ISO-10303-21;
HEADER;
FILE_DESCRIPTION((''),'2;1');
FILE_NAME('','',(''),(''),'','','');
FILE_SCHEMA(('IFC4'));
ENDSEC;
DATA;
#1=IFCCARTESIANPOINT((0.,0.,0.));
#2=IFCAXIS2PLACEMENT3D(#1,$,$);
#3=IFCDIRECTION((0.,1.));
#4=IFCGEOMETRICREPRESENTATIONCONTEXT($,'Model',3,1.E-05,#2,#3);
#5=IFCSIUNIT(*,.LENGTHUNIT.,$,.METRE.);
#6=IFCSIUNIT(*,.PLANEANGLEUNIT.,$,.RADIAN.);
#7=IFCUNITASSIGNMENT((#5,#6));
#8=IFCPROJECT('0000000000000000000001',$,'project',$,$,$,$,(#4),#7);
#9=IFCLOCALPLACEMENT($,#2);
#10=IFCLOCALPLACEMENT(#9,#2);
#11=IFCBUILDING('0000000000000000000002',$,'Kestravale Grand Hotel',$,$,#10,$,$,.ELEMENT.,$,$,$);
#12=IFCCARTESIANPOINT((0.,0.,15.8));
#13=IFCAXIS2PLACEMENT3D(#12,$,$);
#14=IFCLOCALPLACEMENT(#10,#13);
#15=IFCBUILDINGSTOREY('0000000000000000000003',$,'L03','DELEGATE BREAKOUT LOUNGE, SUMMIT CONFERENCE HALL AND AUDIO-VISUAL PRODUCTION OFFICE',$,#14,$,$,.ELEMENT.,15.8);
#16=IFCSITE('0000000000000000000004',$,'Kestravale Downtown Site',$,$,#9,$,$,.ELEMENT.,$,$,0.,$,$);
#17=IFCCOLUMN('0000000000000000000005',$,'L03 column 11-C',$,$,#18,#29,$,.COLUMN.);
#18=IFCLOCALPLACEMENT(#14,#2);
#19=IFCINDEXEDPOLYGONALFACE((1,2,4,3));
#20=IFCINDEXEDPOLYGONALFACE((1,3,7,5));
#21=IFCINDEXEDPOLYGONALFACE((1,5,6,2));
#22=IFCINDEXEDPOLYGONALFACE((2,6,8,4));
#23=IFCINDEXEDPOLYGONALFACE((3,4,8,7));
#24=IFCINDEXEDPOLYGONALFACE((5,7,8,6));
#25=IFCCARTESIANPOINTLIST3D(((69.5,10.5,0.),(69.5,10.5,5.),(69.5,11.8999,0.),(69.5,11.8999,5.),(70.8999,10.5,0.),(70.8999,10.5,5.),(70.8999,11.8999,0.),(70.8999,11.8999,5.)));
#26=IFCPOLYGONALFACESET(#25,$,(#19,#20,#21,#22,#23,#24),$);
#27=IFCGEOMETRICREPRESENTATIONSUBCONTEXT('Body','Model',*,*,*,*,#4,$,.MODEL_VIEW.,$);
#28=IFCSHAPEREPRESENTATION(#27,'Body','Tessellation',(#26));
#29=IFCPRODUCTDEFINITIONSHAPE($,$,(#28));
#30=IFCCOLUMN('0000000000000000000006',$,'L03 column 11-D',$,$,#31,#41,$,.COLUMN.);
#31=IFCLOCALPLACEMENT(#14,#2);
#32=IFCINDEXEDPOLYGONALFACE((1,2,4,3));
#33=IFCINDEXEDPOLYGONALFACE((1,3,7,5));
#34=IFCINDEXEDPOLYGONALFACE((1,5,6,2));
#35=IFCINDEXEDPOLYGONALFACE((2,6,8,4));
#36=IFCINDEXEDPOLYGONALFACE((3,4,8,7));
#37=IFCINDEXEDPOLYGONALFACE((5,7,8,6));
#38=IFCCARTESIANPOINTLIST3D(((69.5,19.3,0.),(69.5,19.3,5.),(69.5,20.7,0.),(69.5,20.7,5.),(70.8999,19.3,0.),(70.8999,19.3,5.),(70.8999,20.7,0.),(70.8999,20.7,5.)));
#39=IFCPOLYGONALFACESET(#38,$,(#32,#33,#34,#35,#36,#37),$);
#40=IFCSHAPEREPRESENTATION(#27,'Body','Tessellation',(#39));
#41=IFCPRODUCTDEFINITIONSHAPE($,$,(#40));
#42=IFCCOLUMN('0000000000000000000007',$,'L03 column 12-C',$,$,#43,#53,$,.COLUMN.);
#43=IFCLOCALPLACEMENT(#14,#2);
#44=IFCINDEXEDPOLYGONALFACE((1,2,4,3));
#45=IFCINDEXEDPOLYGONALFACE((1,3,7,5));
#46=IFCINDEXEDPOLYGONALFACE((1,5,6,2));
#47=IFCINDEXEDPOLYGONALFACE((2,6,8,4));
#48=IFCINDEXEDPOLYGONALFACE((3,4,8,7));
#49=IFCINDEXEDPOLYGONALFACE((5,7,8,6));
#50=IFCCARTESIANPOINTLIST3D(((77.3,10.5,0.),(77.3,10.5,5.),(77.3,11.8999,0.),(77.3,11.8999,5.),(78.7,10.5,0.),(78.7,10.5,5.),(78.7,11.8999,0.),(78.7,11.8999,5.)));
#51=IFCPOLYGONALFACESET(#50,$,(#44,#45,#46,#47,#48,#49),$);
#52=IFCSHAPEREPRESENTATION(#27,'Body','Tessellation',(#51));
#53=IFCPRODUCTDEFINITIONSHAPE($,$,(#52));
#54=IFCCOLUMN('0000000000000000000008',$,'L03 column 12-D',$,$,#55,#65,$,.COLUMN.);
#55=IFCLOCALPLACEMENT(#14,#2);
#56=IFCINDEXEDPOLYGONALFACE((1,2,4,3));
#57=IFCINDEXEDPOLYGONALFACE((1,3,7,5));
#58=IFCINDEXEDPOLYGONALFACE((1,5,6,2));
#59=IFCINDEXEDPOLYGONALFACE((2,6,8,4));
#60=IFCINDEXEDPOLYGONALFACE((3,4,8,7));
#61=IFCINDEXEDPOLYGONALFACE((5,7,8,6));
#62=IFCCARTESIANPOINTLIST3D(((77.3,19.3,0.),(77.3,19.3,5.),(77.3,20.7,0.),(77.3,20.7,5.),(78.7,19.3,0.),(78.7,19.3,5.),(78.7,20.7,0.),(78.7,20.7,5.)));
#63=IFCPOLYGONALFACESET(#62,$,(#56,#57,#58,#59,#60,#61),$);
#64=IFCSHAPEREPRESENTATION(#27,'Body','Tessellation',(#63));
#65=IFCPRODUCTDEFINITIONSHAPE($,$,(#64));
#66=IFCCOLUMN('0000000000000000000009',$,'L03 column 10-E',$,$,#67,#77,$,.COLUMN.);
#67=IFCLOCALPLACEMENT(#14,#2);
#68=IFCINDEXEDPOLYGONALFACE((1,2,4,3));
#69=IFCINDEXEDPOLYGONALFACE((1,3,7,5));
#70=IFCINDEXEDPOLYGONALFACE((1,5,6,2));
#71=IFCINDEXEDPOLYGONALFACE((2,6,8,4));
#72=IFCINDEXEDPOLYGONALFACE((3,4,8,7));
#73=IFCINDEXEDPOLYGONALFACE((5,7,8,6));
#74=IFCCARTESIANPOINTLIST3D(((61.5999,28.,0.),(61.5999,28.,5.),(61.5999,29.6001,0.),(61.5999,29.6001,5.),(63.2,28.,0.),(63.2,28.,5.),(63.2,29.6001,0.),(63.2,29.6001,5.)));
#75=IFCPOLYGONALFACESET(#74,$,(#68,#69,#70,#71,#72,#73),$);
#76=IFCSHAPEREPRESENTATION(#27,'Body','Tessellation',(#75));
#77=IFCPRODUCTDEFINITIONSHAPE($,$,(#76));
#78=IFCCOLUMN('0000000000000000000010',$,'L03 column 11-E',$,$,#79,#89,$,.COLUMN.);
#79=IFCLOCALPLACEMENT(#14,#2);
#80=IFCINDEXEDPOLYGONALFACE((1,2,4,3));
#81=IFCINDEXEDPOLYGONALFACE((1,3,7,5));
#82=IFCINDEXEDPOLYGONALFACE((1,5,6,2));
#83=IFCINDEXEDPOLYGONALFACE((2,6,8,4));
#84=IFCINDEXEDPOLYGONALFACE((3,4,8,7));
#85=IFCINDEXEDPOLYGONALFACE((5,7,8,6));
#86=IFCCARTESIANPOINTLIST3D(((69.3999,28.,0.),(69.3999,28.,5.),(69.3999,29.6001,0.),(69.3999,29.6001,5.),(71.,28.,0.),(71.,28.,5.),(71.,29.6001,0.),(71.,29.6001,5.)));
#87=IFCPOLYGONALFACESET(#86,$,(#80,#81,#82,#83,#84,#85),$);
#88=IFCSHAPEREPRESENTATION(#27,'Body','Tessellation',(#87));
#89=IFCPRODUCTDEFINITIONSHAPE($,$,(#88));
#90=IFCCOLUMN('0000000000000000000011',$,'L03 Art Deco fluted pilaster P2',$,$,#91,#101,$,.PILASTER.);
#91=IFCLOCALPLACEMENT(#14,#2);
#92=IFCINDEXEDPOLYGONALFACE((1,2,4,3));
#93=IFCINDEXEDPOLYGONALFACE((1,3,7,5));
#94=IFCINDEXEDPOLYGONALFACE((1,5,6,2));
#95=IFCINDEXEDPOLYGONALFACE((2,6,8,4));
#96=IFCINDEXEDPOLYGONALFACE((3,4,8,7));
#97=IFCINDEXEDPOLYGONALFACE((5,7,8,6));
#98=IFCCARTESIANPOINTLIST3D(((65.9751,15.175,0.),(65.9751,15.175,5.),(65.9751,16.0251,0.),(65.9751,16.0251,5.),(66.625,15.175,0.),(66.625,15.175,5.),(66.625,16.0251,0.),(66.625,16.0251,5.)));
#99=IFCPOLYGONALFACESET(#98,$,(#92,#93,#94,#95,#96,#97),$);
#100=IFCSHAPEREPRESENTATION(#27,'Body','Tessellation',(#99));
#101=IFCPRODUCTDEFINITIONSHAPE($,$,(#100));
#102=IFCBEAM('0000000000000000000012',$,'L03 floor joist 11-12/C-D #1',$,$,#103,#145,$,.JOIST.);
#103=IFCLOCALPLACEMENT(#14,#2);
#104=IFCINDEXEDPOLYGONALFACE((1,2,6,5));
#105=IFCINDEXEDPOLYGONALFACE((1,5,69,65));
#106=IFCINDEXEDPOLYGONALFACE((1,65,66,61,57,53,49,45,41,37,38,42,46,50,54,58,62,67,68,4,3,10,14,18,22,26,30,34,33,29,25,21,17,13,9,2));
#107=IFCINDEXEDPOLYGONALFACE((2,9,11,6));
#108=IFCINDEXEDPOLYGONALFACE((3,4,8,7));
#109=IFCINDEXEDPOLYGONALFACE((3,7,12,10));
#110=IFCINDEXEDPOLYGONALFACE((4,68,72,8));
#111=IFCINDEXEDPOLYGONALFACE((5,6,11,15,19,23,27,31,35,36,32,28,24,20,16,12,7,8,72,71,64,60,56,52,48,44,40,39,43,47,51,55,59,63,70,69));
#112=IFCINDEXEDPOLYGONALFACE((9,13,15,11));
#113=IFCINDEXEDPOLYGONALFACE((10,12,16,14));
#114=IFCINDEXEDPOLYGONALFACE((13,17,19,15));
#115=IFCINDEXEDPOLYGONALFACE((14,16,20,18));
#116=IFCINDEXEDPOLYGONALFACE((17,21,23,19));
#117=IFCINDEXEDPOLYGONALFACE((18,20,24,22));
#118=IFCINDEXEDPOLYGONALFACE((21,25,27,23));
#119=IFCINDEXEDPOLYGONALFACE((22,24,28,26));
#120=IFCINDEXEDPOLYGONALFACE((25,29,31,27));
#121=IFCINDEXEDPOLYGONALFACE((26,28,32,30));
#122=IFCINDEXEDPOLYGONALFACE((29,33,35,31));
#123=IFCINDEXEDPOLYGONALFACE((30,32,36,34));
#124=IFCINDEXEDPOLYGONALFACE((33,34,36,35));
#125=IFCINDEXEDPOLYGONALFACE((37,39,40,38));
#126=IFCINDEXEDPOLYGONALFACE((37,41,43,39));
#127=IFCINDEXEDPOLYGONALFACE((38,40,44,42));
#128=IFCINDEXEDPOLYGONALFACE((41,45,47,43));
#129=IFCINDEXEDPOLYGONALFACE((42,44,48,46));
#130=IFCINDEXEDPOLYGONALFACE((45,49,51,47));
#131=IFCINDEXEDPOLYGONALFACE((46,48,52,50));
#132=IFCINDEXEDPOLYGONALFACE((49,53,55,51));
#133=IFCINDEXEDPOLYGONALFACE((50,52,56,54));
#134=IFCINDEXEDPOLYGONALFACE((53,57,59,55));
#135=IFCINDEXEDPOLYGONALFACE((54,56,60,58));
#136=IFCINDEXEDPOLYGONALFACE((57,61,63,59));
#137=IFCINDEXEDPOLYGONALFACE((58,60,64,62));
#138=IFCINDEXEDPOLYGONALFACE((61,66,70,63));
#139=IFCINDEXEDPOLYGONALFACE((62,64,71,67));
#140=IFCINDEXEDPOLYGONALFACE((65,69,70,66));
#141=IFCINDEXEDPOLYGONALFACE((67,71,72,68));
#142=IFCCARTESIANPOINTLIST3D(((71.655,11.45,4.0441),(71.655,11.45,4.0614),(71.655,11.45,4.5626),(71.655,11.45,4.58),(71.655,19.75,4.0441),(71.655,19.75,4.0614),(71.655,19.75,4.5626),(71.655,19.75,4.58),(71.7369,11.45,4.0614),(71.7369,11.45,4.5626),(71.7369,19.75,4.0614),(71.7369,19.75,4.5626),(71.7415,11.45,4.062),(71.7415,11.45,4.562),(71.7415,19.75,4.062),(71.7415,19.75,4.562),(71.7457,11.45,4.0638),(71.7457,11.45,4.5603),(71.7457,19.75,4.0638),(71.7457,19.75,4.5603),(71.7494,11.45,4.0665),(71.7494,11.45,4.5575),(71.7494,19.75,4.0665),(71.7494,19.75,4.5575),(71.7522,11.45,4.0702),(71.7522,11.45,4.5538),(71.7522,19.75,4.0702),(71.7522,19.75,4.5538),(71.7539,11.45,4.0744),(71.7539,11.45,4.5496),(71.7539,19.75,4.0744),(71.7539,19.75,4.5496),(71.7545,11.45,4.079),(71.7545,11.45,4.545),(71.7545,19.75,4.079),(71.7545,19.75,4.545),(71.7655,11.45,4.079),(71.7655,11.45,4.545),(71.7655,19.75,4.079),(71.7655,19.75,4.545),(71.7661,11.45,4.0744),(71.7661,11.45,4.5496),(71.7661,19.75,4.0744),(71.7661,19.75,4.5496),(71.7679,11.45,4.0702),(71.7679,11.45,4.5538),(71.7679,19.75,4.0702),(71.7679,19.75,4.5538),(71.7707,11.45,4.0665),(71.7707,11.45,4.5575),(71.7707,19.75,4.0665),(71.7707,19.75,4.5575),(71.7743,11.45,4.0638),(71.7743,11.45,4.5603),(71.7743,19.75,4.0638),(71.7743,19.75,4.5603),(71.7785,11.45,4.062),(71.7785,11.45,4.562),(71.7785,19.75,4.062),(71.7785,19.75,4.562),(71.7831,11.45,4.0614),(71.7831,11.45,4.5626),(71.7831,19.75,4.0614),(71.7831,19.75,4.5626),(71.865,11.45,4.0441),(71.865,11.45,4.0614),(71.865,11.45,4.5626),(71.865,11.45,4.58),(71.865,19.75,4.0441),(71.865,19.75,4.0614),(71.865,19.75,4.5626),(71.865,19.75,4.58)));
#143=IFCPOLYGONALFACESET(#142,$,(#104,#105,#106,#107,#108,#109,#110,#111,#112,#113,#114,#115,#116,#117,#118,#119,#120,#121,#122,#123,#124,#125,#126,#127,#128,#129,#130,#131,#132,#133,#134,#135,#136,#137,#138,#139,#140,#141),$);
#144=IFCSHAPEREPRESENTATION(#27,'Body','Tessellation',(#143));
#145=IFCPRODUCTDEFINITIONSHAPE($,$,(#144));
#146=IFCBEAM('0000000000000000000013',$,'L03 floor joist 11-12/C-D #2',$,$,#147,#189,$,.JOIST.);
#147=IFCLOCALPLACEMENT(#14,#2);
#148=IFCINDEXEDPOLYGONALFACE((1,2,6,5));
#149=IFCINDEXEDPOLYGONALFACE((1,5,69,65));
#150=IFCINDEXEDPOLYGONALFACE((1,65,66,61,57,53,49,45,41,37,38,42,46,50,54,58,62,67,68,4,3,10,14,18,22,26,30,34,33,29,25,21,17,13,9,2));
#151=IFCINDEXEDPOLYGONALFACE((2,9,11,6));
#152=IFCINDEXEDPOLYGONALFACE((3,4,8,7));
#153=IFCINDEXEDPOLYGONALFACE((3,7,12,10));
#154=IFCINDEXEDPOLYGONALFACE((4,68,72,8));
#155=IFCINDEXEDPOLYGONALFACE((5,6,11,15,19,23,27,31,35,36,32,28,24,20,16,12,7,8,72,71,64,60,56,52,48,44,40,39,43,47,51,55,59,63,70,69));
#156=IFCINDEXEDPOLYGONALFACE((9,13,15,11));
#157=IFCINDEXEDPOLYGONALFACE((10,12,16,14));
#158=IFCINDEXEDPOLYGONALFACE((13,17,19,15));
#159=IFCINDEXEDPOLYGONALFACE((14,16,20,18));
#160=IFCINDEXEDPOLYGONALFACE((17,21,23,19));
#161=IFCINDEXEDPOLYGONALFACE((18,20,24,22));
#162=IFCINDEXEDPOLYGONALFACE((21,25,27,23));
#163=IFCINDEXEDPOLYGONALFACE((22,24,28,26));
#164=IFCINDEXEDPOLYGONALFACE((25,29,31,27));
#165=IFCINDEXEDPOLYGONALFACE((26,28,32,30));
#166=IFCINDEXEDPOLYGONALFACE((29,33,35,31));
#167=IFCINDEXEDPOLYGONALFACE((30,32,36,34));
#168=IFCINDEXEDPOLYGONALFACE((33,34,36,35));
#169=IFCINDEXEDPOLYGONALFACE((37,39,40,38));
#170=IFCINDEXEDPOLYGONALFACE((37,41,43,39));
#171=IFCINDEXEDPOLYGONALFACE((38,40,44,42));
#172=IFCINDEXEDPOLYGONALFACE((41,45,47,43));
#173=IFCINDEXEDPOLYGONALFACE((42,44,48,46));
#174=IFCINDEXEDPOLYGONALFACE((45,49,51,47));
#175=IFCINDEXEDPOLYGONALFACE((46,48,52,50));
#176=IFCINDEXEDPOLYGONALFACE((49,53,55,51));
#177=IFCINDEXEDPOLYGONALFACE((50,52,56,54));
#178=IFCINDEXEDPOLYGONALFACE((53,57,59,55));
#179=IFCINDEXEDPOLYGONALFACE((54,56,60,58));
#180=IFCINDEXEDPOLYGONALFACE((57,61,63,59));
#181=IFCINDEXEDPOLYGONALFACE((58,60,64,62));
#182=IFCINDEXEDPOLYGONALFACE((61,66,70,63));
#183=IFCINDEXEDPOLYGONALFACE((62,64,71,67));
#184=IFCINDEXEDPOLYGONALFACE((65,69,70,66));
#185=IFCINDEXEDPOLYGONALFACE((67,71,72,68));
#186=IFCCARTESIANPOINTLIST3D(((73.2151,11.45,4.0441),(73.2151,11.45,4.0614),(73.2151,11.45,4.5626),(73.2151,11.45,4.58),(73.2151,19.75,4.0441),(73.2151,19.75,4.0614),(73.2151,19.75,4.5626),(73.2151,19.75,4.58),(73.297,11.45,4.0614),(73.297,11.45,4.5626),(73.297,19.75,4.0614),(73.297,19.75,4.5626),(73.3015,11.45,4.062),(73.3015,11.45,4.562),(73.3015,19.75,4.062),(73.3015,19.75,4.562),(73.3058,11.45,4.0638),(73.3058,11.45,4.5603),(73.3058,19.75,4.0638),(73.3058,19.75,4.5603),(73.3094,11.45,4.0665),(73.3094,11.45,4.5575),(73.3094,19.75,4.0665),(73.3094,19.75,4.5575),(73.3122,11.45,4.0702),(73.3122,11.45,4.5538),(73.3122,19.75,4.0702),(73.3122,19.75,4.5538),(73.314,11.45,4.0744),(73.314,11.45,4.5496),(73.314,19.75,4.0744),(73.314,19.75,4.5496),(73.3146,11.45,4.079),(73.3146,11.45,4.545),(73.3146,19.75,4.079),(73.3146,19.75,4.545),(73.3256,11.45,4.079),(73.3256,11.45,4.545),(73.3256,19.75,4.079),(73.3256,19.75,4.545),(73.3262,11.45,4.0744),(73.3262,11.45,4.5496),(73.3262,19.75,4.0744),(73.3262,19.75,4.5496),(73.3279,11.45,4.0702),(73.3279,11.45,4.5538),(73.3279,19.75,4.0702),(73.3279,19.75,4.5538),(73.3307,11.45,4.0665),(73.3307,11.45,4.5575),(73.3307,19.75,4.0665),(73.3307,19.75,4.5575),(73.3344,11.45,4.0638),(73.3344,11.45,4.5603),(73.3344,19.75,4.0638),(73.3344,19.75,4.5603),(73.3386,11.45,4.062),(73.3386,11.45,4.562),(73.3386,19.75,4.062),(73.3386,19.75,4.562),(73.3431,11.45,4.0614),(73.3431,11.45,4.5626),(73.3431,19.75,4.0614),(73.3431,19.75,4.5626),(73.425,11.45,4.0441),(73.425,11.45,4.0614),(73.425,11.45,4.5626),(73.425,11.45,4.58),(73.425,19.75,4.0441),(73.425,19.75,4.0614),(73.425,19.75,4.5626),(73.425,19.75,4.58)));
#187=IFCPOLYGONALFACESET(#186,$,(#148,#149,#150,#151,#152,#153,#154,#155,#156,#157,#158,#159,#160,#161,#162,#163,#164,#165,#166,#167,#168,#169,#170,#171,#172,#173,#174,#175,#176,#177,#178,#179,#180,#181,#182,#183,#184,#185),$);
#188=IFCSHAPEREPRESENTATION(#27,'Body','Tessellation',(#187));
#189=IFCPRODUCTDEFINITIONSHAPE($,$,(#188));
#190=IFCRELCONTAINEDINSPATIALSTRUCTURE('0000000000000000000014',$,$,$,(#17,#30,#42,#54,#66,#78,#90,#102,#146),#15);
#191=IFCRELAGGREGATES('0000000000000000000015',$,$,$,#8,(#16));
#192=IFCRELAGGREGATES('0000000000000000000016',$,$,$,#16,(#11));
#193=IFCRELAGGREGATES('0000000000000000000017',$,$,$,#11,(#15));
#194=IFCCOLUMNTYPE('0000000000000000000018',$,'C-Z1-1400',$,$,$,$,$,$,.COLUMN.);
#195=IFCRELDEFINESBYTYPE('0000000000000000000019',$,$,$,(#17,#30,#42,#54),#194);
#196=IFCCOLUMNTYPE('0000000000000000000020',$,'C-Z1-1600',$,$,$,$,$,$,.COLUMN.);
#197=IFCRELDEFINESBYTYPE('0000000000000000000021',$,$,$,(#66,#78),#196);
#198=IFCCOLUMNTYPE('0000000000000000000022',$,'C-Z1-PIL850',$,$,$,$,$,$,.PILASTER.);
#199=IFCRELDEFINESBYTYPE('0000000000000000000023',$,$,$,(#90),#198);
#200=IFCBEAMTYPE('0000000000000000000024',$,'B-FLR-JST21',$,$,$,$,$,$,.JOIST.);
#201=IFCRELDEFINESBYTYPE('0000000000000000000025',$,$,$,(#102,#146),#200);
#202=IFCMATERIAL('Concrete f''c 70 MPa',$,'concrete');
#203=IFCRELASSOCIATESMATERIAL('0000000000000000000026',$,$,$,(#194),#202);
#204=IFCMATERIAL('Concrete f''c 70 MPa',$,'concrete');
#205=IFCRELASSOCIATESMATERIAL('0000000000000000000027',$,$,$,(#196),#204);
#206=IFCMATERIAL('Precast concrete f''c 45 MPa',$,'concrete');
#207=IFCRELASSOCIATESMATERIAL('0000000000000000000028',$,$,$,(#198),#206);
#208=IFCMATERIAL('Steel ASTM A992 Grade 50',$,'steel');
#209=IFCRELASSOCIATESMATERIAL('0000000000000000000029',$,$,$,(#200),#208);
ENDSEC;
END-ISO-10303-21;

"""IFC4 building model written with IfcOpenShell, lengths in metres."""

from ifc_helpers import new_model, si_unit, direction, frame, origin, origin_2d, place, context, subcontext, project, spatial, rectangle, i_section, extrude, material, material_profile, profile_set, type_object, element, save


model = new_model("IFC4")

# Units and contexts
model_context = context("Model", 3, precision=1e-05, world=origin(), true_north=direction((0.0, 1.0)))
body_context = subcontext(model_context, "Body", "Model", "MODEL_VIEW")
ifc_project = project(units=[si_unit("LENGTHUNIT", "METRE"), si_unit("PLANEANGLEUNIT", "RADIAN")], contexts=[model_context])

# Site, building, storey
site_placement = place(None, origin())
site = spatial("IfcSite", under=ifc_project, at=site_placement, Name="Kestravale Downtown Site", CompositionType="ELEMENT", RefElevation=0.0)
building_placement = place(site_placement, origin())
building = spatial("IfcBuilding", under=site, at=building_placement, Name="Kestravale Grand Hotel", CompositionType="ELEMENT")
storey_placement = place(building_placement, frame((0.0, 0.0, 15.8)))
storey = spatial("IfcBuildingStorey", under=building, at=storey_placement, Name="L03", Description="DELEGATE BREAKOUT LOUNGE, SUMMIT CONFERENCE HALL AND AUDIO-VISUAL PRODUCTION OFFICE", CompositionType="ELEMENT", Elevation=15.8)

# Columns
ifc_material_1 = material(Name="Concrete f'c 70 MPa", Category="concrete")
ifc_material_profile_1 = material_profile(ifc_material_1, rectangle(XDim=1.3999, YDim=1.3999, at=origin_2d()))
ifc_profile_set_1 = profile_set([ifc_material_profile_1], Name="Concrete f'c 70 MPa")
column_type_1 = type_object("IfcColumnType", Name="C-Z1-1400", PredefinedType="COLUMN", material=ifc_profile_set_1)
for number, where, z_axis, x_axis, name in (
    (1, (70.2, 11.2, 0.0), (0.0, 0.0, 1.0), (1.0, 0.0, 0.0), "L03 column 11-C"),
    (2, (70.2, 20.0, 0.0), (0.0, 0.0, 1.0), (1.0, 0.0, 0.0), "L03 column 11-D"),
    (3, (78.0, 11.2, 0.0), (0.0, 0.0, 1.0), (1.0, 0.0, 0.0), "L03 column 12-C"),
    (4, (78.0, 20.0, 0.0), (0.0, 0.0, 1.0), (1.0, 0.0, 0.0), "L03 column 12-D"),
):
    element("IfcColumn", number, at=place(storey_placement, frame(where, z_axis=z_axis, x_axis=x_axis)), inside=storey, type_object=column_type_1, Name=name, PredefinedType="COLUMN", context=body_context, shape_type="SweptSolid", body=[
        extrude(rectangle(XDim=1.3999, YDim=1.3999, at=origin_2d()), origin(), (0.0, 0.0, 1.0), 5.0),
    ])
ifc_material_2 = material(Name="Concrete f'c 70 MPa", Category="concrete")
ifc_material_profile_2 = material_profile(ifc_material_2, rectangle(XDim=1.6001, YDim=1.6001, at=origin_2d()))
ifc_profile_set_2 = profile_set([ifc_material_profile_2], Name="Concrete f'c 70 MPa")
column_type_2 = type_object("IfcColumnType", Name="C-Z1-1600", PredefinedType="COLUMN", material=ifc_profile_set_2)
for number, where, z_axis, x_axis, name in (
    (5, (62.3999, 28.8, 0.0), (0.0, 0.0, 1.0), (1.0, 0.0, 0.0), "L03 column 10-E"),
    (6, (70.2, 28.8, 0.0), (0.0, 0.0, 1.0), (1.0, 0.0, 0.0), "L03 column 11-E"),
):
    element("IfcColumn", number, at=place(storey_placement, frame(where, z_axis=z_axis, x_axis=x_axis)), inside=storey, type_object=column_type_2, Name=name, PredefinedType="COLUMN", context=body_context, shape_type="SweptSolid", body=[
        extrude(rectangle(XDim=1.6001, YDim=1.6001, at=origin_2d()), origin(), (0.0, 0.0, 1.0), 5.0),
    ])
ifc_material_3 = material(Name="Precast concrete f'c 45 MPa", Category="concrete")
ifc_material_profile_3 = material_profile(ifc_material_3, rectangle(XDim=0.6499, YDim=0.8501, at=origin_2d()))
ifc_profile_set_3 = profile_set([ifc_material_profile_3], Name="Precast concrete f'c 45 MPa")
column_type_3 = type_object("IfcColumnType", Name="C-Z1-PIL850", PredefinedType="PILASTER", material=ifc_profile_set_3)
column_placement = place(storey_placement, frame((66.3, 15.6001, 0.0), z_axis=(0.0, 0.0, 1.0), x_axis=(1.0, 0.0, 0.0)))
element("IfcColumn", 7, at=column_placement, inside=storey, type_object=column_type_3, Name="L03 Art Deco fluted pilaster P2", PredefinedType="PILASTER", context=body_context, shape_type="SweptSolid", body=[
    extrude(rectangle(XDim=0.6499, YDim=0.8501, at=origin_2d()), origin(), (0.0, 0.0, 1.0), 5.0),
])

# Beams
ifc_material_4 = material(Name="Steel ASTM A992 Grade 50", Category="steel")
ifc_material_profile_4 = material_profile(ifc_material_4, i_section(OverallWidth=0.21, OverallDepth=0.5359, WebThickness=0.011, FlangeThickness=0.0173, FilletRadius=0.0176, at=origin_2d()))
ifc_profile_set_4 = profile_set([ifc_material_profile_4], Name="Steel ASTM A992 Grade 50")
beam_type_1 = type_object("IfcBeamType", Name="B-FLR-JST21", PredefinedType="JOIST", material=ifc_profile_set_4)
for number, where, z_axis, x_axis, name in (
    (8, (71.76, 11.45, 4.312), (0.0, 1.0, 0.0), (-1.0, 0.0, 0.0), "L03 floor joist 11-12/C-D #1"),
    (9, (73.3201, 11.45, 4.312), (0.0, 1.0, 0.0), (-1.0, 0.0, 0.0), "L03 floor joist 11-12/C-D #2"),
):
    element("IfcBeam", number, at=place(storey_placement, frame(where, z_axis=z_axis, x_axis=x_axis)), inside=storey, type_object=beam_type_1, Name=name, PredefinedType="JOIST", context=body_context, shape_type="SweptSolid", body=[
        extrude(i_section(OverallWidth=0.21, OverallDepth=0.5359, WebThickness=0.011, FlangeThickness=0.0173, FilletRadius=0.0176, at=origin_2d()), origin(), (0.0, 0.0, 1.0), 8.3),
    ])

save(model, "model.ifc")
